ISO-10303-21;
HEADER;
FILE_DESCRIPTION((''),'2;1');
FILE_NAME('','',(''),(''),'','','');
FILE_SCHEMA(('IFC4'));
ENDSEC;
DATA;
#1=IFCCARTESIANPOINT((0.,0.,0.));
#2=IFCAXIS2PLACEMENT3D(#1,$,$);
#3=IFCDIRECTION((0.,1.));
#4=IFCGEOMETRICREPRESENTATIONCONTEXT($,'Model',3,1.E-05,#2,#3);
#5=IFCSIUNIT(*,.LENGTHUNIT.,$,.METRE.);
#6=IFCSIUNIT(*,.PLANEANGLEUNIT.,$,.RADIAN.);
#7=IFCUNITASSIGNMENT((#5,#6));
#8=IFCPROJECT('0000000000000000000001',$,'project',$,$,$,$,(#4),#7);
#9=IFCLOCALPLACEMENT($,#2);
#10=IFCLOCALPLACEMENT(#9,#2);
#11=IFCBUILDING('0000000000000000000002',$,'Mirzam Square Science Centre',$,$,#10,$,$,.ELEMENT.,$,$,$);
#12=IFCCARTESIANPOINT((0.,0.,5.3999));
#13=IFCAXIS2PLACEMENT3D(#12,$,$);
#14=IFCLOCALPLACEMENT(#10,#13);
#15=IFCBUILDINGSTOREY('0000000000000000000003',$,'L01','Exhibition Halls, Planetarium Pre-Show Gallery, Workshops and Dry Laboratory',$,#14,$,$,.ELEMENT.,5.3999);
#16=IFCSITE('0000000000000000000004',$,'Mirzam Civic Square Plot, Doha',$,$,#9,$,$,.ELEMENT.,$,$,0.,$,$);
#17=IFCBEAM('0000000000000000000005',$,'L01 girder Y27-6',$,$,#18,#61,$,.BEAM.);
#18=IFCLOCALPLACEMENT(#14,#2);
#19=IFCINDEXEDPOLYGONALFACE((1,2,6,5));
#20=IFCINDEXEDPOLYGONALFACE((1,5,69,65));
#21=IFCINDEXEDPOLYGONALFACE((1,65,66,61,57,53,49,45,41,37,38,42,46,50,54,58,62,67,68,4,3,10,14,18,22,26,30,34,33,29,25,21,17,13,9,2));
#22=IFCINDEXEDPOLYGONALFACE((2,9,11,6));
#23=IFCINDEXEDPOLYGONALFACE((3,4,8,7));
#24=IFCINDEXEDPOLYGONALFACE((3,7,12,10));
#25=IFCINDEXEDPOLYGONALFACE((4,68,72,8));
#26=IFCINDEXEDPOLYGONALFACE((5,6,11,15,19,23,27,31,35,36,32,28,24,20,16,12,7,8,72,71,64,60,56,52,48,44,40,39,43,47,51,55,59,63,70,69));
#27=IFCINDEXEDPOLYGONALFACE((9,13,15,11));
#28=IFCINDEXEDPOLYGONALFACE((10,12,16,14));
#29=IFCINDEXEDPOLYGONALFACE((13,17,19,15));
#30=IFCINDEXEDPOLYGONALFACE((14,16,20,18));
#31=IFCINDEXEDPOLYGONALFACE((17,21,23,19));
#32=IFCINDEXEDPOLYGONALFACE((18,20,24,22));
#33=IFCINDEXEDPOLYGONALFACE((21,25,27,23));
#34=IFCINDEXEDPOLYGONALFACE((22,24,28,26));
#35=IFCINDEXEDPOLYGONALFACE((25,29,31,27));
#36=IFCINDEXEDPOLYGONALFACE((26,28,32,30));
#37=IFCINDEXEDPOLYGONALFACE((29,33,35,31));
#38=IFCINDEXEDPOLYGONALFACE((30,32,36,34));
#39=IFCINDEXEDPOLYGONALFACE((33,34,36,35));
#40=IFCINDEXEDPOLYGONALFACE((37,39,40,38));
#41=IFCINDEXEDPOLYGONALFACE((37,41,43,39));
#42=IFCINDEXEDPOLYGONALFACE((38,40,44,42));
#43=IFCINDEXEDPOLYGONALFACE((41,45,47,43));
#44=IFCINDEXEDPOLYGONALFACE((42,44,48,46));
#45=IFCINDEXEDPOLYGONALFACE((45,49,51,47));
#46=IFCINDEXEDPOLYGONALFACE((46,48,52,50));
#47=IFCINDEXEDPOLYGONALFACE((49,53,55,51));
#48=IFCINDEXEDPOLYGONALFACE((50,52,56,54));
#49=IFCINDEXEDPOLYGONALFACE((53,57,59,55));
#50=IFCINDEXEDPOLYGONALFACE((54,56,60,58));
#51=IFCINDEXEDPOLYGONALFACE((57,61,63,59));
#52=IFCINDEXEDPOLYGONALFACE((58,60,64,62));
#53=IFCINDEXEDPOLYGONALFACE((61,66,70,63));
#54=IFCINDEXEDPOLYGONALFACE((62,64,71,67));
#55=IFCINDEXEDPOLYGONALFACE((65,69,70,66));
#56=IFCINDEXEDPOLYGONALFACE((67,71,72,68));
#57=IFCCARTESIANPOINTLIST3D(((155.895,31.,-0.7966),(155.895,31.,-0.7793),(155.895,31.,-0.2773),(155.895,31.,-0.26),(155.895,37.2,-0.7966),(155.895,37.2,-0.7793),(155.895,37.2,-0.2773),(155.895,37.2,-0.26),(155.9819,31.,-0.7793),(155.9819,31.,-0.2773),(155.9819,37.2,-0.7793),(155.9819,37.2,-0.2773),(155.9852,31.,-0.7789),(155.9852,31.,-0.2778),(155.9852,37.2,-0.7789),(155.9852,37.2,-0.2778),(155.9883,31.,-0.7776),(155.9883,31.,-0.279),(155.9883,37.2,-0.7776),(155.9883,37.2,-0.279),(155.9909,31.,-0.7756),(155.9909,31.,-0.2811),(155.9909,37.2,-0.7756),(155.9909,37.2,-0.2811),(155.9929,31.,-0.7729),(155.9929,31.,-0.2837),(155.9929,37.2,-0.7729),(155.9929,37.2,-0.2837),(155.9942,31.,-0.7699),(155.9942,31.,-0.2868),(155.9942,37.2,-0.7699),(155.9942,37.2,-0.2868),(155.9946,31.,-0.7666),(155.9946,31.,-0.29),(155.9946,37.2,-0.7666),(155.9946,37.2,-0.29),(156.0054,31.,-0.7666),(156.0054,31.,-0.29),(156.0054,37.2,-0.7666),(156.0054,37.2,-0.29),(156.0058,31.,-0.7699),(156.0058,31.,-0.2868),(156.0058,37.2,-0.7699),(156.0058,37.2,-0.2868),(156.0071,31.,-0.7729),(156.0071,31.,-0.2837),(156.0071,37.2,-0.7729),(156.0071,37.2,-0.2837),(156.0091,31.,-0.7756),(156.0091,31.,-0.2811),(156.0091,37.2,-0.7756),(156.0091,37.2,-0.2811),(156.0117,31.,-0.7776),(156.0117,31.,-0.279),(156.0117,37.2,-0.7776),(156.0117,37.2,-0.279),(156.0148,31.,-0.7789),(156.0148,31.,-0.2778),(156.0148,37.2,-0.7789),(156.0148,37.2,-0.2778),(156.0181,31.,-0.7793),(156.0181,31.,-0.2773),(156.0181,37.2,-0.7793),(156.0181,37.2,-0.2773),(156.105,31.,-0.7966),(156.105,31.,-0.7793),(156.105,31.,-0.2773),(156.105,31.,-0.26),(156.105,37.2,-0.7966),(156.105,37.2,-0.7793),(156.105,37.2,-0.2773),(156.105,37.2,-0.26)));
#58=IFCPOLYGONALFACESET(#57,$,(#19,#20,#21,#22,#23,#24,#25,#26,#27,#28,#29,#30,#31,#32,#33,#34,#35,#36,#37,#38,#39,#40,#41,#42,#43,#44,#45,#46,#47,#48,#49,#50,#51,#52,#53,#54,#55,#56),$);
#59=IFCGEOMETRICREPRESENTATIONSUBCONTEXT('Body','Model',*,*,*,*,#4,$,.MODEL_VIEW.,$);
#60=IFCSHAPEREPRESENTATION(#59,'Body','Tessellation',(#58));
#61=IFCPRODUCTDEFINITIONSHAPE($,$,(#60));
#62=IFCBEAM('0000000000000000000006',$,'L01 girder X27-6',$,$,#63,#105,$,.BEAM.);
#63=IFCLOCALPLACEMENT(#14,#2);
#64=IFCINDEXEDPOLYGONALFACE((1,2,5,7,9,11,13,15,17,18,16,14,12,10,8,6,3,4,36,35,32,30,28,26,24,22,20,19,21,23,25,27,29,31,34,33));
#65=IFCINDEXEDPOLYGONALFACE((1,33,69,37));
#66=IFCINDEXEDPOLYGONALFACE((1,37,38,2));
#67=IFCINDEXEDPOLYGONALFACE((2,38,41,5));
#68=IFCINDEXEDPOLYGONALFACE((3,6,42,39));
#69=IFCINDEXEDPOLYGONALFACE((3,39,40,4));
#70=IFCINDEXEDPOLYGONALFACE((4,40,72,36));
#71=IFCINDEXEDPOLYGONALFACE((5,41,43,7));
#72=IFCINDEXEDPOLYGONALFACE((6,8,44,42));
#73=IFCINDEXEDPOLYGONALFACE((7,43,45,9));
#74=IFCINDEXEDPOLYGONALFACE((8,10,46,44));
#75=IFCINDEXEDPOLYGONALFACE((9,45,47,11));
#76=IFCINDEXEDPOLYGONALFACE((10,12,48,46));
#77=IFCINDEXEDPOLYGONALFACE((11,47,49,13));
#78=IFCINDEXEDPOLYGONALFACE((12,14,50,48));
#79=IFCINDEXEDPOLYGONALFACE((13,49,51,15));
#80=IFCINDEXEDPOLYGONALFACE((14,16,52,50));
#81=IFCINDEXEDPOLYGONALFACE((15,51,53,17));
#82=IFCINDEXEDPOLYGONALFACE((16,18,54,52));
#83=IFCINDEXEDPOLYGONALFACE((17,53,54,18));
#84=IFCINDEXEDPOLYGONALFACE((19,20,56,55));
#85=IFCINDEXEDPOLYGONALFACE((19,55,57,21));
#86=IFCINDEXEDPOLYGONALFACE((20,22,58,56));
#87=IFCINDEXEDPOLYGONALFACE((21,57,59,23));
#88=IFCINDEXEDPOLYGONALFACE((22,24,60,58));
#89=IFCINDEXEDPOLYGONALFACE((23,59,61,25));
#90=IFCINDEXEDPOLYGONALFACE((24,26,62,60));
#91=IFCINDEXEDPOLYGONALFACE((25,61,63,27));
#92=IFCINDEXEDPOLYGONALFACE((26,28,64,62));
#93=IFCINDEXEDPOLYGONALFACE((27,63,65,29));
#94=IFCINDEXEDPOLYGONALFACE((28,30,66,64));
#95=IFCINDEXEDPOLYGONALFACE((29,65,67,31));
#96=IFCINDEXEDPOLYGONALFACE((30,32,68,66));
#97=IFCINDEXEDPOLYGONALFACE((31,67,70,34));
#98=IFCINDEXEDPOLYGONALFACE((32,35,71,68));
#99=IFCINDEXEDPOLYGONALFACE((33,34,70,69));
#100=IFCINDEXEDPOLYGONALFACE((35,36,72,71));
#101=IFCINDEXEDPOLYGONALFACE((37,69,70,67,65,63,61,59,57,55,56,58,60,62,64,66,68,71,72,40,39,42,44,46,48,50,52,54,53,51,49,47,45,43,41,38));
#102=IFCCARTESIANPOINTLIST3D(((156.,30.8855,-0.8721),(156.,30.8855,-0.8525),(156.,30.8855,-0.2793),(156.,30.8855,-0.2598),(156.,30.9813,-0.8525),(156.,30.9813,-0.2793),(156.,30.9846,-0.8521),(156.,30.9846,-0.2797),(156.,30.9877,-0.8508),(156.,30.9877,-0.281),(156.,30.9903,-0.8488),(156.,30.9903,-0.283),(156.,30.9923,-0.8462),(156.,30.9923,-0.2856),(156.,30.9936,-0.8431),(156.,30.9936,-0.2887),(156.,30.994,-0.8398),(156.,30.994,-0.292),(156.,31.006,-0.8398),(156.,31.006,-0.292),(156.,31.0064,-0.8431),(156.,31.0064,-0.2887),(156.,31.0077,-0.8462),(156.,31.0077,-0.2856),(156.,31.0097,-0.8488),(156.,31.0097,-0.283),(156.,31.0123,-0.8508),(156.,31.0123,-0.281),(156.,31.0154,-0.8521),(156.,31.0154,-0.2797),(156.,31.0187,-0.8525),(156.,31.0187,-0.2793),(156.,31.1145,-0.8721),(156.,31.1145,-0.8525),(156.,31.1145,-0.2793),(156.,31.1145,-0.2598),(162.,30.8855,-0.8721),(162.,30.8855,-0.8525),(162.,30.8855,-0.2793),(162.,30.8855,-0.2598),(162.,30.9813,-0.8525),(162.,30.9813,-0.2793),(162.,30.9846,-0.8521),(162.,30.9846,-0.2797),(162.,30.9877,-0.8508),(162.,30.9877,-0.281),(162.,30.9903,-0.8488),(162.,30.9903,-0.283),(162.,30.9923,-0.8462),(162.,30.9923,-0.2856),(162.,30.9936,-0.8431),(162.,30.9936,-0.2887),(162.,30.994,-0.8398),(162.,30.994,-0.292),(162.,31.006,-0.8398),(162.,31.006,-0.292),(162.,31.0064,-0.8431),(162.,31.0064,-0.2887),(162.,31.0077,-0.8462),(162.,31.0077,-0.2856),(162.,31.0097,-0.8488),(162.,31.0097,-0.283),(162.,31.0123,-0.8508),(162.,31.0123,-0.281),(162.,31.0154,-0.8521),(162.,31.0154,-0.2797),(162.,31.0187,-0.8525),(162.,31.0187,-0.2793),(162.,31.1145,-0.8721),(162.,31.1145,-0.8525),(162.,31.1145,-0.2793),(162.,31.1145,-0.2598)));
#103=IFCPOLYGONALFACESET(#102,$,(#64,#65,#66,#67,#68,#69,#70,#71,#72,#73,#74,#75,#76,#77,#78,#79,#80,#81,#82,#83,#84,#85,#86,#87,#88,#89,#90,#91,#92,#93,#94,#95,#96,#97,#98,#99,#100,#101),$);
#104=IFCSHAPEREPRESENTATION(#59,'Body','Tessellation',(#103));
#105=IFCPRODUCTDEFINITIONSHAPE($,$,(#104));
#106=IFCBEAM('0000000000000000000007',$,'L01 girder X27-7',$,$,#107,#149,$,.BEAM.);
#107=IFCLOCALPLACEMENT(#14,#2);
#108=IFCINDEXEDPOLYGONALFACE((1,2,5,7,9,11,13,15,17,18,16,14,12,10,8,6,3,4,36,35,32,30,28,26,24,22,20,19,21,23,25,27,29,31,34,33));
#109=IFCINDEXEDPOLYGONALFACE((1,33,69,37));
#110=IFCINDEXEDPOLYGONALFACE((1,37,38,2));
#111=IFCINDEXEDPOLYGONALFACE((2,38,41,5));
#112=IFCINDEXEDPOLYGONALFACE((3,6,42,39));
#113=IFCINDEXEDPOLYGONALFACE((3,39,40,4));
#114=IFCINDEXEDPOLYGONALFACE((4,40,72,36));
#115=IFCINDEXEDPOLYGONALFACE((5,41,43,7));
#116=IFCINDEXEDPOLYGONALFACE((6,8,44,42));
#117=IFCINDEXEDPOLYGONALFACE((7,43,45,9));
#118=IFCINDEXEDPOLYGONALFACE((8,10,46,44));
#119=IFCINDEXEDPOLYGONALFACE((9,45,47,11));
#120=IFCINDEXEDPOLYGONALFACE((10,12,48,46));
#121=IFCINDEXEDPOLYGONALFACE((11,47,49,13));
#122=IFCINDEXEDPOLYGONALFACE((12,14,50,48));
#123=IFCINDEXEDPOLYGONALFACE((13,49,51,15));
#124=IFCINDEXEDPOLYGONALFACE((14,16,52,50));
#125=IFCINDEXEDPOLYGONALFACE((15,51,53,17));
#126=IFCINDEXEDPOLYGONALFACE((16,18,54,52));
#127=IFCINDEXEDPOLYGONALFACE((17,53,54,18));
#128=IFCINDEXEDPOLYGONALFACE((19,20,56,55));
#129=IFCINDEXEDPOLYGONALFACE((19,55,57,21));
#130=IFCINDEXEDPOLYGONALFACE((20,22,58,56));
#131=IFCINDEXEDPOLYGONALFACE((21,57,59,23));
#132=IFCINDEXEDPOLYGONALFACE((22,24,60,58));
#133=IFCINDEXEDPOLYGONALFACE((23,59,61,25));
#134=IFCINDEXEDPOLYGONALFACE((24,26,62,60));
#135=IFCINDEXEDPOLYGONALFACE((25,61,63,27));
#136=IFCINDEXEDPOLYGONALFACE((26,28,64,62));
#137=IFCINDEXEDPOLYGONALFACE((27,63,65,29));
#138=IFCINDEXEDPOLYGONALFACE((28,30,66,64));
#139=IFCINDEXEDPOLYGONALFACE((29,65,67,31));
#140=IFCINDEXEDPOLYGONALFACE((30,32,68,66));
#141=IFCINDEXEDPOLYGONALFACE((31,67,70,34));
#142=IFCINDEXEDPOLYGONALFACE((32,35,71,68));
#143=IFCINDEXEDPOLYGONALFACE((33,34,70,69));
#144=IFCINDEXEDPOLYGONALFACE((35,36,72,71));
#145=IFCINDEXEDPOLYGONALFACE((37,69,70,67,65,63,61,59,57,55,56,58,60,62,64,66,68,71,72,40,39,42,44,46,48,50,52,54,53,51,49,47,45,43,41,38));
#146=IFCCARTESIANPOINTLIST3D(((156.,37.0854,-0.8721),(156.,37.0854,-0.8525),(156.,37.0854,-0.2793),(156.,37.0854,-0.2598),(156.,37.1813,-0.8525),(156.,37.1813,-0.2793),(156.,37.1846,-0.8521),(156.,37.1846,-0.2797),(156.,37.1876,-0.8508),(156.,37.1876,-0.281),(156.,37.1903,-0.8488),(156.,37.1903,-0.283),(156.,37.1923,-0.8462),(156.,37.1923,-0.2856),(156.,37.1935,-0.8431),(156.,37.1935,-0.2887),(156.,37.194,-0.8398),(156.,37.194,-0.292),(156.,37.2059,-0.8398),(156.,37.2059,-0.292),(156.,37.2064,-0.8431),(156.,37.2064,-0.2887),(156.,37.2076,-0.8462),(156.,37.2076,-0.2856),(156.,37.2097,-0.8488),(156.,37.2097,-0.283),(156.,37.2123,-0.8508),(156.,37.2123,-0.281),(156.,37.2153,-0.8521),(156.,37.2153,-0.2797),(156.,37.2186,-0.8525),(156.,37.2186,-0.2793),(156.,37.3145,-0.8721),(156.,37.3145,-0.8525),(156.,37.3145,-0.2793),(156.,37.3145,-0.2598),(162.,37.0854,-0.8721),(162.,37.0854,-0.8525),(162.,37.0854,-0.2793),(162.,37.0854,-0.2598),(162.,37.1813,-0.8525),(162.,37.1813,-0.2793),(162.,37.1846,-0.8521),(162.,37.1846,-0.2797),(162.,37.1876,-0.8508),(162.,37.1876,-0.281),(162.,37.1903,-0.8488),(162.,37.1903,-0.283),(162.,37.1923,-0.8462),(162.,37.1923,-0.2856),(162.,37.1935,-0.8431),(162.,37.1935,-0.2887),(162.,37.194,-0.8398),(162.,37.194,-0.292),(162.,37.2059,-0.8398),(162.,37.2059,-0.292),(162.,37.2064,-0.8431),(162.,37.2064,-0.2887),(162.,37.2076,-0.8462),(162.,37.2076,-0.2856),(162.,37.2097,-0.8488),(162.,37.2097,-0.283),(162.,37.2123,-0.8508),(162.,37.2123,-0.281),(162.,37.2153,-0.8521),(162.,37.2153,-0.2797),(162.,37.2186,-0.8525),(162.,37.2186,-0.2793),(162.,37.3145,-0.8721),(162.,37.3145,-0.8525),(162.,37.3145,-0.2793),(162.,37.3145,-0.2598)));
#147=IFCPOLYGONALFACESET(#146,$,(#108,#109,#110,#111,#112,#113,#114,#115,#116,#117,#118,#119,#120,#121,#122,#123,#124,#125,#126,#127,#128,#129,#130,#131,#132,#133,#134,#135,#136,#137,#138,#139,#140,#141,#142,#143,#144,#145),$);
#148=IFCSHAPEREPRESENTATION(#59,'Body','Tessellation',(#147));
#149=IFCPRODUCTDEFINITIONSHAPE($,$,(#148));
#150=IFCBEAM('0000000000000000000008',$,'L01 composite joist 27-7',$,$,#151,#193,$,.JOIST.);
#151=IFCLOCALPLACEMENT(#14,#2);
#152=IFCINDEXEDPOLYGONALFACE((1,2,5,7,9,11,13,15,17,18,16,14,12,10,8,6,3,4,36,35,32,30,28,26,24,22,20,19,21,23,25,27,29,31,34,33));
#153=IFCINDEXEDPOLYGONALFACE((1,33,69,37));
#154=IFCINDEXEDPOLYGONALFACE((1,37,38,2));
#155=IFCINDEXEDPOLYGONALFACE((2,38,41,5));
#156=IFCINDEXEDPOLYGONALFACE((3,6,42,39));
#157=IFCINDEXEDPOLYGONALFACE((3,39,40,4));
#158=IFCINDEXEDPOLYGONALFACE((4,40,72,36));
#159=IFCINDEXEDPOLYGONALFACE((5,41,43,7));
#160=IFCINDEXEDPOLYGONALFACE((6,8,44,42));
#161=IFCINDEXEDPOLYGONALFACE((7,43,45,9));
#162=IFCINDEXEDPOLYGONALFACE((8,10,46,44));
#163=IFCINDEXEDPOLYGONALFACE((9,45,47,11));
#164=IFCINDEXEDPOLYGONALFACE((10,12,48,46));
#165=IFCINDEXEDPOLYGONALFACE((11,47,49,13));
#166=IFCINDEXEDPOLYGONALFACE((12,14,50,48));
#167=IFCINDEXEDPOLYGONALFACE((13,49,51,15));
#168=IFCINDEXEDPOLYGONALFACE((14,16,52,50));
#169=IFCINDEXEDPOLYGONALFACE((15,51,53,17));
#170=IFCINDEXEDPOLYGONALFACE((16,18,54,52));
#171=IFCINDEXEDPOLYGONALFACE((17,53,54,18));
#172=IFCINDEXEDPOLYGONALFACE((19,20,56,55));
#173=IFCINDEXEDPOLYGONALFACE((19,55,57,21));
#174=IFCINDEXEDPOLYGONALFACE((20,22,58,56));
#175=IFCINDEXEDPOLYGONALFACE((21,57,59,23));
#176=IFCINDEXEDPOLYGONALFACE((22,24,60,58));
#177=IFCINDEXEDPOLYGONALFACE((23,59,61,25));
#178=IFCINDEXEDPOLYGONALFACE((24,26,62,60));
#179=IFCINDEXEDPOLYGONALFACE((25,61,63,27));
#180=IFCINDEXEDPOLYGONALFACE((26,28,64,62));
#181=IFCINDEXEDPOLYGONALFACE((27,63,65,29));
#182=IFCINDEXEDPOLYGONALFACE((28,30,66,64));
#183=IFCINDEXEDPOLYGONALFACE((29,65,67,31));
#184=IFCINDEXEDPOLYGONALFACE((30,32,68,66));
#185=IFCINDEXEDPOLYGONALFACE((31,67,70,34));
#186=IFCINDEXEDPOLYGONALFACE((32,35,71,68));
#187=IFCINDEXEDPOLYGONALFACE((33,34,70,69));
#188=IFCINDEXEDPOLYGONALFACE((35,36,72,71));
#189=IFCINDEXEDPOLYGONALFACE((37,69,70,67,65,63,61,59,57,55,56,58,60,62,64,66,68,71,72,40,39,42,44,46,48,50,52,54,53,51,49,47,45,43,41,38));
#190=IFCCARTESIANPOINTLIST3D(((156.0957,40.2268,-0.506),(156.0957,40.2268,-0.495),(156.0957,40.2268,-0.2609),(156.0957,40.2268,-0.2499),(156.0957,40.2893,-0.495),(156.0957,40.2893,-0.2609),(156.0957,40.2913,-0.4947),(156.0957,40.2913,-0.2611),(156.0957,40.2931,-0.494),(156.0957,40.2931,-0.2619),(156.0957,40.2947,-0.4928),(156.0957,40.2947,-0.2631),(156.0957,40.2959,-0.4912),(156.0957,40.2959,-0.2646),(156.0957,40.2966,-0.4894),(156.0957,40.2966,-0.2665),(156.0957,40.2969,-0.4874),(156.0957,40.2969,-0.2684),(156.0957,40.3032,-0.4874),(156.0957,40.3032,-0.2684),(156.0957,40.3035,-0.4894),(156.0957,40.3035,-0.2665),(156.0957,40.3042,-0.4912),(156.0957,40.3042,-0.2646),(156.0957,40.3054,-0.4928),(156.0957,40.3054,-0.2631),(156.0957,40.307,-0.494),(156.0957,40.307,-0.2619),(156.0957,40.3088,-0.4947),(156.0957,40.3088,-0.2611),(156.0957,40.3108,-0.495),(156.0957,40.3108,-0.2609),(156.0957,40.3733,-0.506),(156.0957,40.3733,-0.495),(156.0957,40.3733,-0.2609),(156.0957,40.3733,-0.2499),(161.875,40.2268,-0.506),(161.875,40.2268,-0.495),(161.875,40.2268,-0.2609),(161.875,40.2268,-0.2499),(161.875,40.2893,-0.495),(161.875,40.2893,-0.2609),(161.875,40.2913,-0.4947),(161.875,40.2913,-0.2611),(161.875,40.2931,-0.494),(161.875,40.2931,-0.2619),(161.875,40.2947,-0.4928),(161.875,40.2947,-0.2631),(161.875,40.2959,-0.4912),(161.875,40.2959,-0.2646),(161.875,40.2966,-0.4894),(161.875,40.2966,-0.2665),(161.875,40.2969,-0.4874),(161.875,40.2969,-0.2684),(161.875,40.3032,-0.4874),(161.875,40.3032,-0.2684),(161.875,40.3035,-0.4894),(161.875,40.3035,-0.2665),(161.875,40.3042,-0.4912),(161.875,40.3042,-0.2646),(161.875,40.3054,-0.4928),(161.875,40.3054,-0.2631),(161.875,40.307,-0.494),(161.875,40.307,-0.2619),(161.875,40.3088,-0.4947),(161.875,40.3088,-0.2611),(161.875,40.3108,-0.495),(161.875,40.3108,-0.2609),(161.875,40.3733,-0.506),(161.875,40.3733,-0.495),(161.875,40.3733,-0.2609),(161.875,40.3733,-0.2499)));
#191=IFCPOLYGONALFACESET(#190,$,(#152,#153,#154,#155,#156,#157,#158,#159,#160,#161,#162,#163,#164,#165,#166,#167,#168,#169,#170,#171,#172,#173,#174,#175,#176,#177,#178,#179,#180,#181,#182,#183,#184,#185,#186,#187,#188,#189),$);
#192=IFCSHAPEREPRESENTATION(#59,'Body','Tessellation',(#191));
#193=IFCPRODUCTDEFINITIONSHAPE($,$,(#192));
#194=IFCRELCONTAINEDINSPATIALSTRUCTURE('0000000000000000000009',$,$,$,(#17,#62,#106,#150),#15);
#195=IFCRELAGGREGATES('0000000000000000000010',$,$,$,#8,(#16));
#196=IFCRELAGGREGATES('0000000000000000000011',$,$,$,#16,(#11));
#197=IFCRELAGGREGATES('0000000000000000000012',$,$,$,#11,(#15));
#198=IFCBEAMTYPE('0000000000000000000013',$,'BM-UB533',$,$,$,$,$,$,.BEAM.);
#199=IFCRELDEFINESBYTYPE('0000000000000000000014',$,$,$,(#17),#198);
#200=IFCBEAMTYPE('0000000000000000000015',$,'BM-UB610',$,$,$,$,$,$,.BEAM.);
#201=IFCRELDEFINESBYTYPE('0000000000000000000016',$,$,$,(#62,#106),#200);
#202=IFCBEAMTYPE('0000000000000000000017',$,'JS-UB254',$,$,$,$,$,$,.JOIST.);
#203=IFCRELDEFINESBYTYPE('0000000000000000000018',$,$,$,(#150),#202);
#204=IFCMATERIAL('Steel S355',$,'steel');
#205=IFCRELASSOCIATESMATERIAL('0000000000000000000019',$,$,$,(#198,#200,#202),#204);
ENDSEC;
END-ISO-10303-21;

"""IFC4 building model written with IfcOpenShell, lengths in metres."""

from ifc_helpers import new_model, si_unit, direction, frame, origin, origin_2d, place, context, subcontext, project, spatial, i_section, extrude, material, material_profile, profile_set, type_object, element, save


model = new_model("IFC4")

# Units and contexts
model_context = context("Model", 3, precision=1e-05, world=origin(), true_north=direction((0.0, 1.0)))
body_context = subcontext(model_context, "Body", "Model", "MODEL_VIEW")
ifc_project = project(units=[si_unit("LENGTHUNIT", "METRE"), si_unit("PLANEANGLEUNIT", "RADIAN")], contexts=[model_context])

# Site, building, storey
site_placement = place(None, origin())
site = spatial("IfcSite", under=ifc_project, at=site_placement, Name="Mirzam Civic Square Plot, Doha", CompositionType="ELEMENT", RefElevation=0.0)
building_placement = place(site_placement, origin())
building = spatial("IfcBuilding", under=site, at=building_placement, Name="Mirzam Square Science Centre", CompositionType="ELEMENT")
storey_placement = place(building_placement, frame((0.0, 0.0, 5.3999)))
storey = spatial("IfcBuildingStorey", under=building, at=storey_placement, Name="L01", Description="Exhibition Halls, Planetarium Pre-Show Gallery, Workshops and Dry Laboratory", CompositionType="ELEMENT", Elevation=5.3999)

# Shared definitions
ifc_material_1 = material(Name="Steel S355", Category="steel")

# Beams
ifc_material_profile_1 = material_profile(ifc_material_1, i_section(OverallWidth=0.21, OverallDepth=0.5366, WebThickness=0.0107, FlangeThickness=0.0173, FilletRadius=0.0127, at=origin_2d()), Name="533x210x101UB")
ifc_profile_set_1 = profile_set([ifc_material_profile_1], Name="Steel S355")
beam_type_1 = type_object("IfcBeamType", Name="BM-UB533", PredefinedType="BEAM", material=ifc_profile_set_1)
beam_1_placement = place(storey_placement, frame((156.0, 31.0, -0.5283), z_axis=(0.0, 1.0, 0.0), x_axis=(-1.0, 0.0, 0.0)))
element("IfcBeam", 1, at=beam_1_placement, inside=storey, type_object=beam_type_1, Name="L01 girder Y27-6", PredefinedType="BEAM", context=body_context, shape_type="SweptSolid", body=[
    extrude(i_section(OverallWidth=0.21, OverallDepth=0.5366, WebThickness=0.0107, FlangeThickness=0.0173, FilletRadius=0.0127, at=origin_2d()), origin(), (0.0, 0.0, 1.0), 6.2),
])
ifc_material_profile_2 = material_profile(ifc_material_1, i_section(OverallWidth=0.229, OverallDepth=0.6123, WebThickness=0.012, FlangeThickness=0.0195, FilletRadius=0.0127, at=origin_2d()), Name="610x229x125UB")
ifc_profile_set_2 = profile_set([ifc_material_profile_2], Name="Steel S355")
beam_type_2 = type_object("IfcBeamType", Name="BM-UB610", PredefinedType="BEAM", material=ifc_profile_set_2)
for number, where, z_axis, x_axis, name in (
    (2, (156.0, 31.0, -0.5659), (1.0, 0.0, 0.0), (0.0, 1.0, 0.0), "L01 girder X27-6"),
    (3, (156.0, 37.2, -0.5659), (1.0, 0.0, 0.0), (0.0, 1.0, 0.0), "L01 girder X27-7"),
):
    element("IfcBeam", number, at=place(storey_placement, frame(where, z_axis=z_axis, x_axis=x_axis)), inside=storey, type_object=beam_type_2, Name=name, PredefinedType="BEAM", context=body_context, shape_type="SweptSolid", body=[
        extrude(i_section(OverallWidth=0.229, OverallDepth=0.6123, WebThickness=0.012, FlangeThickness=0.0195, FilletRadius=0.0127, at=origin_2d()), origin(), (0.0, 0.0, 1.0), 6.0),
    ])
ifc_material_profile_3 = material_profile(ifc_material_1, i_section(OverallWidth=0.1465, OverallDepth=0.2561, WebThickness=0.0063, FlangeThickness=0.011, FilletRadius=0.0076, at=origin_2d()), Name="254x146x37UB")
ifc_profile_set_3 = profile_set([ifc_material_profile_3], Name="Steel S355")
beam_type_3 = type_object("IfcBeamType", Name="JS-UB254", PredefinedType="JOIST", material=ifc_profile_set_3)
beam_2_placement = place(storey_placement, frame((156.0957, 40.3, -0.3779), z_axis=(1.0, 0.0, 0.0), x_axis=(0.0, 1.0, 0.0)))
element("IfcBeam", 4, at=beam_2_placement, inside=storey, type_object=beam_type_3, Name="L01 composite joist 27-7", PredefinedType="JOIST", context=body_context, shape_type="SweptSolid", body=[
    extrude(i_section(OverallWidth=0.1465, OverallDepth=0.2561, WebThickness=0.0063, FlangeThickness=0.011, FilletRadius=0.0076, at=origin_2d()), origin(), (0.0, 0.0, 1.0), 5.7793),
])

save(model, "model.ifc")
